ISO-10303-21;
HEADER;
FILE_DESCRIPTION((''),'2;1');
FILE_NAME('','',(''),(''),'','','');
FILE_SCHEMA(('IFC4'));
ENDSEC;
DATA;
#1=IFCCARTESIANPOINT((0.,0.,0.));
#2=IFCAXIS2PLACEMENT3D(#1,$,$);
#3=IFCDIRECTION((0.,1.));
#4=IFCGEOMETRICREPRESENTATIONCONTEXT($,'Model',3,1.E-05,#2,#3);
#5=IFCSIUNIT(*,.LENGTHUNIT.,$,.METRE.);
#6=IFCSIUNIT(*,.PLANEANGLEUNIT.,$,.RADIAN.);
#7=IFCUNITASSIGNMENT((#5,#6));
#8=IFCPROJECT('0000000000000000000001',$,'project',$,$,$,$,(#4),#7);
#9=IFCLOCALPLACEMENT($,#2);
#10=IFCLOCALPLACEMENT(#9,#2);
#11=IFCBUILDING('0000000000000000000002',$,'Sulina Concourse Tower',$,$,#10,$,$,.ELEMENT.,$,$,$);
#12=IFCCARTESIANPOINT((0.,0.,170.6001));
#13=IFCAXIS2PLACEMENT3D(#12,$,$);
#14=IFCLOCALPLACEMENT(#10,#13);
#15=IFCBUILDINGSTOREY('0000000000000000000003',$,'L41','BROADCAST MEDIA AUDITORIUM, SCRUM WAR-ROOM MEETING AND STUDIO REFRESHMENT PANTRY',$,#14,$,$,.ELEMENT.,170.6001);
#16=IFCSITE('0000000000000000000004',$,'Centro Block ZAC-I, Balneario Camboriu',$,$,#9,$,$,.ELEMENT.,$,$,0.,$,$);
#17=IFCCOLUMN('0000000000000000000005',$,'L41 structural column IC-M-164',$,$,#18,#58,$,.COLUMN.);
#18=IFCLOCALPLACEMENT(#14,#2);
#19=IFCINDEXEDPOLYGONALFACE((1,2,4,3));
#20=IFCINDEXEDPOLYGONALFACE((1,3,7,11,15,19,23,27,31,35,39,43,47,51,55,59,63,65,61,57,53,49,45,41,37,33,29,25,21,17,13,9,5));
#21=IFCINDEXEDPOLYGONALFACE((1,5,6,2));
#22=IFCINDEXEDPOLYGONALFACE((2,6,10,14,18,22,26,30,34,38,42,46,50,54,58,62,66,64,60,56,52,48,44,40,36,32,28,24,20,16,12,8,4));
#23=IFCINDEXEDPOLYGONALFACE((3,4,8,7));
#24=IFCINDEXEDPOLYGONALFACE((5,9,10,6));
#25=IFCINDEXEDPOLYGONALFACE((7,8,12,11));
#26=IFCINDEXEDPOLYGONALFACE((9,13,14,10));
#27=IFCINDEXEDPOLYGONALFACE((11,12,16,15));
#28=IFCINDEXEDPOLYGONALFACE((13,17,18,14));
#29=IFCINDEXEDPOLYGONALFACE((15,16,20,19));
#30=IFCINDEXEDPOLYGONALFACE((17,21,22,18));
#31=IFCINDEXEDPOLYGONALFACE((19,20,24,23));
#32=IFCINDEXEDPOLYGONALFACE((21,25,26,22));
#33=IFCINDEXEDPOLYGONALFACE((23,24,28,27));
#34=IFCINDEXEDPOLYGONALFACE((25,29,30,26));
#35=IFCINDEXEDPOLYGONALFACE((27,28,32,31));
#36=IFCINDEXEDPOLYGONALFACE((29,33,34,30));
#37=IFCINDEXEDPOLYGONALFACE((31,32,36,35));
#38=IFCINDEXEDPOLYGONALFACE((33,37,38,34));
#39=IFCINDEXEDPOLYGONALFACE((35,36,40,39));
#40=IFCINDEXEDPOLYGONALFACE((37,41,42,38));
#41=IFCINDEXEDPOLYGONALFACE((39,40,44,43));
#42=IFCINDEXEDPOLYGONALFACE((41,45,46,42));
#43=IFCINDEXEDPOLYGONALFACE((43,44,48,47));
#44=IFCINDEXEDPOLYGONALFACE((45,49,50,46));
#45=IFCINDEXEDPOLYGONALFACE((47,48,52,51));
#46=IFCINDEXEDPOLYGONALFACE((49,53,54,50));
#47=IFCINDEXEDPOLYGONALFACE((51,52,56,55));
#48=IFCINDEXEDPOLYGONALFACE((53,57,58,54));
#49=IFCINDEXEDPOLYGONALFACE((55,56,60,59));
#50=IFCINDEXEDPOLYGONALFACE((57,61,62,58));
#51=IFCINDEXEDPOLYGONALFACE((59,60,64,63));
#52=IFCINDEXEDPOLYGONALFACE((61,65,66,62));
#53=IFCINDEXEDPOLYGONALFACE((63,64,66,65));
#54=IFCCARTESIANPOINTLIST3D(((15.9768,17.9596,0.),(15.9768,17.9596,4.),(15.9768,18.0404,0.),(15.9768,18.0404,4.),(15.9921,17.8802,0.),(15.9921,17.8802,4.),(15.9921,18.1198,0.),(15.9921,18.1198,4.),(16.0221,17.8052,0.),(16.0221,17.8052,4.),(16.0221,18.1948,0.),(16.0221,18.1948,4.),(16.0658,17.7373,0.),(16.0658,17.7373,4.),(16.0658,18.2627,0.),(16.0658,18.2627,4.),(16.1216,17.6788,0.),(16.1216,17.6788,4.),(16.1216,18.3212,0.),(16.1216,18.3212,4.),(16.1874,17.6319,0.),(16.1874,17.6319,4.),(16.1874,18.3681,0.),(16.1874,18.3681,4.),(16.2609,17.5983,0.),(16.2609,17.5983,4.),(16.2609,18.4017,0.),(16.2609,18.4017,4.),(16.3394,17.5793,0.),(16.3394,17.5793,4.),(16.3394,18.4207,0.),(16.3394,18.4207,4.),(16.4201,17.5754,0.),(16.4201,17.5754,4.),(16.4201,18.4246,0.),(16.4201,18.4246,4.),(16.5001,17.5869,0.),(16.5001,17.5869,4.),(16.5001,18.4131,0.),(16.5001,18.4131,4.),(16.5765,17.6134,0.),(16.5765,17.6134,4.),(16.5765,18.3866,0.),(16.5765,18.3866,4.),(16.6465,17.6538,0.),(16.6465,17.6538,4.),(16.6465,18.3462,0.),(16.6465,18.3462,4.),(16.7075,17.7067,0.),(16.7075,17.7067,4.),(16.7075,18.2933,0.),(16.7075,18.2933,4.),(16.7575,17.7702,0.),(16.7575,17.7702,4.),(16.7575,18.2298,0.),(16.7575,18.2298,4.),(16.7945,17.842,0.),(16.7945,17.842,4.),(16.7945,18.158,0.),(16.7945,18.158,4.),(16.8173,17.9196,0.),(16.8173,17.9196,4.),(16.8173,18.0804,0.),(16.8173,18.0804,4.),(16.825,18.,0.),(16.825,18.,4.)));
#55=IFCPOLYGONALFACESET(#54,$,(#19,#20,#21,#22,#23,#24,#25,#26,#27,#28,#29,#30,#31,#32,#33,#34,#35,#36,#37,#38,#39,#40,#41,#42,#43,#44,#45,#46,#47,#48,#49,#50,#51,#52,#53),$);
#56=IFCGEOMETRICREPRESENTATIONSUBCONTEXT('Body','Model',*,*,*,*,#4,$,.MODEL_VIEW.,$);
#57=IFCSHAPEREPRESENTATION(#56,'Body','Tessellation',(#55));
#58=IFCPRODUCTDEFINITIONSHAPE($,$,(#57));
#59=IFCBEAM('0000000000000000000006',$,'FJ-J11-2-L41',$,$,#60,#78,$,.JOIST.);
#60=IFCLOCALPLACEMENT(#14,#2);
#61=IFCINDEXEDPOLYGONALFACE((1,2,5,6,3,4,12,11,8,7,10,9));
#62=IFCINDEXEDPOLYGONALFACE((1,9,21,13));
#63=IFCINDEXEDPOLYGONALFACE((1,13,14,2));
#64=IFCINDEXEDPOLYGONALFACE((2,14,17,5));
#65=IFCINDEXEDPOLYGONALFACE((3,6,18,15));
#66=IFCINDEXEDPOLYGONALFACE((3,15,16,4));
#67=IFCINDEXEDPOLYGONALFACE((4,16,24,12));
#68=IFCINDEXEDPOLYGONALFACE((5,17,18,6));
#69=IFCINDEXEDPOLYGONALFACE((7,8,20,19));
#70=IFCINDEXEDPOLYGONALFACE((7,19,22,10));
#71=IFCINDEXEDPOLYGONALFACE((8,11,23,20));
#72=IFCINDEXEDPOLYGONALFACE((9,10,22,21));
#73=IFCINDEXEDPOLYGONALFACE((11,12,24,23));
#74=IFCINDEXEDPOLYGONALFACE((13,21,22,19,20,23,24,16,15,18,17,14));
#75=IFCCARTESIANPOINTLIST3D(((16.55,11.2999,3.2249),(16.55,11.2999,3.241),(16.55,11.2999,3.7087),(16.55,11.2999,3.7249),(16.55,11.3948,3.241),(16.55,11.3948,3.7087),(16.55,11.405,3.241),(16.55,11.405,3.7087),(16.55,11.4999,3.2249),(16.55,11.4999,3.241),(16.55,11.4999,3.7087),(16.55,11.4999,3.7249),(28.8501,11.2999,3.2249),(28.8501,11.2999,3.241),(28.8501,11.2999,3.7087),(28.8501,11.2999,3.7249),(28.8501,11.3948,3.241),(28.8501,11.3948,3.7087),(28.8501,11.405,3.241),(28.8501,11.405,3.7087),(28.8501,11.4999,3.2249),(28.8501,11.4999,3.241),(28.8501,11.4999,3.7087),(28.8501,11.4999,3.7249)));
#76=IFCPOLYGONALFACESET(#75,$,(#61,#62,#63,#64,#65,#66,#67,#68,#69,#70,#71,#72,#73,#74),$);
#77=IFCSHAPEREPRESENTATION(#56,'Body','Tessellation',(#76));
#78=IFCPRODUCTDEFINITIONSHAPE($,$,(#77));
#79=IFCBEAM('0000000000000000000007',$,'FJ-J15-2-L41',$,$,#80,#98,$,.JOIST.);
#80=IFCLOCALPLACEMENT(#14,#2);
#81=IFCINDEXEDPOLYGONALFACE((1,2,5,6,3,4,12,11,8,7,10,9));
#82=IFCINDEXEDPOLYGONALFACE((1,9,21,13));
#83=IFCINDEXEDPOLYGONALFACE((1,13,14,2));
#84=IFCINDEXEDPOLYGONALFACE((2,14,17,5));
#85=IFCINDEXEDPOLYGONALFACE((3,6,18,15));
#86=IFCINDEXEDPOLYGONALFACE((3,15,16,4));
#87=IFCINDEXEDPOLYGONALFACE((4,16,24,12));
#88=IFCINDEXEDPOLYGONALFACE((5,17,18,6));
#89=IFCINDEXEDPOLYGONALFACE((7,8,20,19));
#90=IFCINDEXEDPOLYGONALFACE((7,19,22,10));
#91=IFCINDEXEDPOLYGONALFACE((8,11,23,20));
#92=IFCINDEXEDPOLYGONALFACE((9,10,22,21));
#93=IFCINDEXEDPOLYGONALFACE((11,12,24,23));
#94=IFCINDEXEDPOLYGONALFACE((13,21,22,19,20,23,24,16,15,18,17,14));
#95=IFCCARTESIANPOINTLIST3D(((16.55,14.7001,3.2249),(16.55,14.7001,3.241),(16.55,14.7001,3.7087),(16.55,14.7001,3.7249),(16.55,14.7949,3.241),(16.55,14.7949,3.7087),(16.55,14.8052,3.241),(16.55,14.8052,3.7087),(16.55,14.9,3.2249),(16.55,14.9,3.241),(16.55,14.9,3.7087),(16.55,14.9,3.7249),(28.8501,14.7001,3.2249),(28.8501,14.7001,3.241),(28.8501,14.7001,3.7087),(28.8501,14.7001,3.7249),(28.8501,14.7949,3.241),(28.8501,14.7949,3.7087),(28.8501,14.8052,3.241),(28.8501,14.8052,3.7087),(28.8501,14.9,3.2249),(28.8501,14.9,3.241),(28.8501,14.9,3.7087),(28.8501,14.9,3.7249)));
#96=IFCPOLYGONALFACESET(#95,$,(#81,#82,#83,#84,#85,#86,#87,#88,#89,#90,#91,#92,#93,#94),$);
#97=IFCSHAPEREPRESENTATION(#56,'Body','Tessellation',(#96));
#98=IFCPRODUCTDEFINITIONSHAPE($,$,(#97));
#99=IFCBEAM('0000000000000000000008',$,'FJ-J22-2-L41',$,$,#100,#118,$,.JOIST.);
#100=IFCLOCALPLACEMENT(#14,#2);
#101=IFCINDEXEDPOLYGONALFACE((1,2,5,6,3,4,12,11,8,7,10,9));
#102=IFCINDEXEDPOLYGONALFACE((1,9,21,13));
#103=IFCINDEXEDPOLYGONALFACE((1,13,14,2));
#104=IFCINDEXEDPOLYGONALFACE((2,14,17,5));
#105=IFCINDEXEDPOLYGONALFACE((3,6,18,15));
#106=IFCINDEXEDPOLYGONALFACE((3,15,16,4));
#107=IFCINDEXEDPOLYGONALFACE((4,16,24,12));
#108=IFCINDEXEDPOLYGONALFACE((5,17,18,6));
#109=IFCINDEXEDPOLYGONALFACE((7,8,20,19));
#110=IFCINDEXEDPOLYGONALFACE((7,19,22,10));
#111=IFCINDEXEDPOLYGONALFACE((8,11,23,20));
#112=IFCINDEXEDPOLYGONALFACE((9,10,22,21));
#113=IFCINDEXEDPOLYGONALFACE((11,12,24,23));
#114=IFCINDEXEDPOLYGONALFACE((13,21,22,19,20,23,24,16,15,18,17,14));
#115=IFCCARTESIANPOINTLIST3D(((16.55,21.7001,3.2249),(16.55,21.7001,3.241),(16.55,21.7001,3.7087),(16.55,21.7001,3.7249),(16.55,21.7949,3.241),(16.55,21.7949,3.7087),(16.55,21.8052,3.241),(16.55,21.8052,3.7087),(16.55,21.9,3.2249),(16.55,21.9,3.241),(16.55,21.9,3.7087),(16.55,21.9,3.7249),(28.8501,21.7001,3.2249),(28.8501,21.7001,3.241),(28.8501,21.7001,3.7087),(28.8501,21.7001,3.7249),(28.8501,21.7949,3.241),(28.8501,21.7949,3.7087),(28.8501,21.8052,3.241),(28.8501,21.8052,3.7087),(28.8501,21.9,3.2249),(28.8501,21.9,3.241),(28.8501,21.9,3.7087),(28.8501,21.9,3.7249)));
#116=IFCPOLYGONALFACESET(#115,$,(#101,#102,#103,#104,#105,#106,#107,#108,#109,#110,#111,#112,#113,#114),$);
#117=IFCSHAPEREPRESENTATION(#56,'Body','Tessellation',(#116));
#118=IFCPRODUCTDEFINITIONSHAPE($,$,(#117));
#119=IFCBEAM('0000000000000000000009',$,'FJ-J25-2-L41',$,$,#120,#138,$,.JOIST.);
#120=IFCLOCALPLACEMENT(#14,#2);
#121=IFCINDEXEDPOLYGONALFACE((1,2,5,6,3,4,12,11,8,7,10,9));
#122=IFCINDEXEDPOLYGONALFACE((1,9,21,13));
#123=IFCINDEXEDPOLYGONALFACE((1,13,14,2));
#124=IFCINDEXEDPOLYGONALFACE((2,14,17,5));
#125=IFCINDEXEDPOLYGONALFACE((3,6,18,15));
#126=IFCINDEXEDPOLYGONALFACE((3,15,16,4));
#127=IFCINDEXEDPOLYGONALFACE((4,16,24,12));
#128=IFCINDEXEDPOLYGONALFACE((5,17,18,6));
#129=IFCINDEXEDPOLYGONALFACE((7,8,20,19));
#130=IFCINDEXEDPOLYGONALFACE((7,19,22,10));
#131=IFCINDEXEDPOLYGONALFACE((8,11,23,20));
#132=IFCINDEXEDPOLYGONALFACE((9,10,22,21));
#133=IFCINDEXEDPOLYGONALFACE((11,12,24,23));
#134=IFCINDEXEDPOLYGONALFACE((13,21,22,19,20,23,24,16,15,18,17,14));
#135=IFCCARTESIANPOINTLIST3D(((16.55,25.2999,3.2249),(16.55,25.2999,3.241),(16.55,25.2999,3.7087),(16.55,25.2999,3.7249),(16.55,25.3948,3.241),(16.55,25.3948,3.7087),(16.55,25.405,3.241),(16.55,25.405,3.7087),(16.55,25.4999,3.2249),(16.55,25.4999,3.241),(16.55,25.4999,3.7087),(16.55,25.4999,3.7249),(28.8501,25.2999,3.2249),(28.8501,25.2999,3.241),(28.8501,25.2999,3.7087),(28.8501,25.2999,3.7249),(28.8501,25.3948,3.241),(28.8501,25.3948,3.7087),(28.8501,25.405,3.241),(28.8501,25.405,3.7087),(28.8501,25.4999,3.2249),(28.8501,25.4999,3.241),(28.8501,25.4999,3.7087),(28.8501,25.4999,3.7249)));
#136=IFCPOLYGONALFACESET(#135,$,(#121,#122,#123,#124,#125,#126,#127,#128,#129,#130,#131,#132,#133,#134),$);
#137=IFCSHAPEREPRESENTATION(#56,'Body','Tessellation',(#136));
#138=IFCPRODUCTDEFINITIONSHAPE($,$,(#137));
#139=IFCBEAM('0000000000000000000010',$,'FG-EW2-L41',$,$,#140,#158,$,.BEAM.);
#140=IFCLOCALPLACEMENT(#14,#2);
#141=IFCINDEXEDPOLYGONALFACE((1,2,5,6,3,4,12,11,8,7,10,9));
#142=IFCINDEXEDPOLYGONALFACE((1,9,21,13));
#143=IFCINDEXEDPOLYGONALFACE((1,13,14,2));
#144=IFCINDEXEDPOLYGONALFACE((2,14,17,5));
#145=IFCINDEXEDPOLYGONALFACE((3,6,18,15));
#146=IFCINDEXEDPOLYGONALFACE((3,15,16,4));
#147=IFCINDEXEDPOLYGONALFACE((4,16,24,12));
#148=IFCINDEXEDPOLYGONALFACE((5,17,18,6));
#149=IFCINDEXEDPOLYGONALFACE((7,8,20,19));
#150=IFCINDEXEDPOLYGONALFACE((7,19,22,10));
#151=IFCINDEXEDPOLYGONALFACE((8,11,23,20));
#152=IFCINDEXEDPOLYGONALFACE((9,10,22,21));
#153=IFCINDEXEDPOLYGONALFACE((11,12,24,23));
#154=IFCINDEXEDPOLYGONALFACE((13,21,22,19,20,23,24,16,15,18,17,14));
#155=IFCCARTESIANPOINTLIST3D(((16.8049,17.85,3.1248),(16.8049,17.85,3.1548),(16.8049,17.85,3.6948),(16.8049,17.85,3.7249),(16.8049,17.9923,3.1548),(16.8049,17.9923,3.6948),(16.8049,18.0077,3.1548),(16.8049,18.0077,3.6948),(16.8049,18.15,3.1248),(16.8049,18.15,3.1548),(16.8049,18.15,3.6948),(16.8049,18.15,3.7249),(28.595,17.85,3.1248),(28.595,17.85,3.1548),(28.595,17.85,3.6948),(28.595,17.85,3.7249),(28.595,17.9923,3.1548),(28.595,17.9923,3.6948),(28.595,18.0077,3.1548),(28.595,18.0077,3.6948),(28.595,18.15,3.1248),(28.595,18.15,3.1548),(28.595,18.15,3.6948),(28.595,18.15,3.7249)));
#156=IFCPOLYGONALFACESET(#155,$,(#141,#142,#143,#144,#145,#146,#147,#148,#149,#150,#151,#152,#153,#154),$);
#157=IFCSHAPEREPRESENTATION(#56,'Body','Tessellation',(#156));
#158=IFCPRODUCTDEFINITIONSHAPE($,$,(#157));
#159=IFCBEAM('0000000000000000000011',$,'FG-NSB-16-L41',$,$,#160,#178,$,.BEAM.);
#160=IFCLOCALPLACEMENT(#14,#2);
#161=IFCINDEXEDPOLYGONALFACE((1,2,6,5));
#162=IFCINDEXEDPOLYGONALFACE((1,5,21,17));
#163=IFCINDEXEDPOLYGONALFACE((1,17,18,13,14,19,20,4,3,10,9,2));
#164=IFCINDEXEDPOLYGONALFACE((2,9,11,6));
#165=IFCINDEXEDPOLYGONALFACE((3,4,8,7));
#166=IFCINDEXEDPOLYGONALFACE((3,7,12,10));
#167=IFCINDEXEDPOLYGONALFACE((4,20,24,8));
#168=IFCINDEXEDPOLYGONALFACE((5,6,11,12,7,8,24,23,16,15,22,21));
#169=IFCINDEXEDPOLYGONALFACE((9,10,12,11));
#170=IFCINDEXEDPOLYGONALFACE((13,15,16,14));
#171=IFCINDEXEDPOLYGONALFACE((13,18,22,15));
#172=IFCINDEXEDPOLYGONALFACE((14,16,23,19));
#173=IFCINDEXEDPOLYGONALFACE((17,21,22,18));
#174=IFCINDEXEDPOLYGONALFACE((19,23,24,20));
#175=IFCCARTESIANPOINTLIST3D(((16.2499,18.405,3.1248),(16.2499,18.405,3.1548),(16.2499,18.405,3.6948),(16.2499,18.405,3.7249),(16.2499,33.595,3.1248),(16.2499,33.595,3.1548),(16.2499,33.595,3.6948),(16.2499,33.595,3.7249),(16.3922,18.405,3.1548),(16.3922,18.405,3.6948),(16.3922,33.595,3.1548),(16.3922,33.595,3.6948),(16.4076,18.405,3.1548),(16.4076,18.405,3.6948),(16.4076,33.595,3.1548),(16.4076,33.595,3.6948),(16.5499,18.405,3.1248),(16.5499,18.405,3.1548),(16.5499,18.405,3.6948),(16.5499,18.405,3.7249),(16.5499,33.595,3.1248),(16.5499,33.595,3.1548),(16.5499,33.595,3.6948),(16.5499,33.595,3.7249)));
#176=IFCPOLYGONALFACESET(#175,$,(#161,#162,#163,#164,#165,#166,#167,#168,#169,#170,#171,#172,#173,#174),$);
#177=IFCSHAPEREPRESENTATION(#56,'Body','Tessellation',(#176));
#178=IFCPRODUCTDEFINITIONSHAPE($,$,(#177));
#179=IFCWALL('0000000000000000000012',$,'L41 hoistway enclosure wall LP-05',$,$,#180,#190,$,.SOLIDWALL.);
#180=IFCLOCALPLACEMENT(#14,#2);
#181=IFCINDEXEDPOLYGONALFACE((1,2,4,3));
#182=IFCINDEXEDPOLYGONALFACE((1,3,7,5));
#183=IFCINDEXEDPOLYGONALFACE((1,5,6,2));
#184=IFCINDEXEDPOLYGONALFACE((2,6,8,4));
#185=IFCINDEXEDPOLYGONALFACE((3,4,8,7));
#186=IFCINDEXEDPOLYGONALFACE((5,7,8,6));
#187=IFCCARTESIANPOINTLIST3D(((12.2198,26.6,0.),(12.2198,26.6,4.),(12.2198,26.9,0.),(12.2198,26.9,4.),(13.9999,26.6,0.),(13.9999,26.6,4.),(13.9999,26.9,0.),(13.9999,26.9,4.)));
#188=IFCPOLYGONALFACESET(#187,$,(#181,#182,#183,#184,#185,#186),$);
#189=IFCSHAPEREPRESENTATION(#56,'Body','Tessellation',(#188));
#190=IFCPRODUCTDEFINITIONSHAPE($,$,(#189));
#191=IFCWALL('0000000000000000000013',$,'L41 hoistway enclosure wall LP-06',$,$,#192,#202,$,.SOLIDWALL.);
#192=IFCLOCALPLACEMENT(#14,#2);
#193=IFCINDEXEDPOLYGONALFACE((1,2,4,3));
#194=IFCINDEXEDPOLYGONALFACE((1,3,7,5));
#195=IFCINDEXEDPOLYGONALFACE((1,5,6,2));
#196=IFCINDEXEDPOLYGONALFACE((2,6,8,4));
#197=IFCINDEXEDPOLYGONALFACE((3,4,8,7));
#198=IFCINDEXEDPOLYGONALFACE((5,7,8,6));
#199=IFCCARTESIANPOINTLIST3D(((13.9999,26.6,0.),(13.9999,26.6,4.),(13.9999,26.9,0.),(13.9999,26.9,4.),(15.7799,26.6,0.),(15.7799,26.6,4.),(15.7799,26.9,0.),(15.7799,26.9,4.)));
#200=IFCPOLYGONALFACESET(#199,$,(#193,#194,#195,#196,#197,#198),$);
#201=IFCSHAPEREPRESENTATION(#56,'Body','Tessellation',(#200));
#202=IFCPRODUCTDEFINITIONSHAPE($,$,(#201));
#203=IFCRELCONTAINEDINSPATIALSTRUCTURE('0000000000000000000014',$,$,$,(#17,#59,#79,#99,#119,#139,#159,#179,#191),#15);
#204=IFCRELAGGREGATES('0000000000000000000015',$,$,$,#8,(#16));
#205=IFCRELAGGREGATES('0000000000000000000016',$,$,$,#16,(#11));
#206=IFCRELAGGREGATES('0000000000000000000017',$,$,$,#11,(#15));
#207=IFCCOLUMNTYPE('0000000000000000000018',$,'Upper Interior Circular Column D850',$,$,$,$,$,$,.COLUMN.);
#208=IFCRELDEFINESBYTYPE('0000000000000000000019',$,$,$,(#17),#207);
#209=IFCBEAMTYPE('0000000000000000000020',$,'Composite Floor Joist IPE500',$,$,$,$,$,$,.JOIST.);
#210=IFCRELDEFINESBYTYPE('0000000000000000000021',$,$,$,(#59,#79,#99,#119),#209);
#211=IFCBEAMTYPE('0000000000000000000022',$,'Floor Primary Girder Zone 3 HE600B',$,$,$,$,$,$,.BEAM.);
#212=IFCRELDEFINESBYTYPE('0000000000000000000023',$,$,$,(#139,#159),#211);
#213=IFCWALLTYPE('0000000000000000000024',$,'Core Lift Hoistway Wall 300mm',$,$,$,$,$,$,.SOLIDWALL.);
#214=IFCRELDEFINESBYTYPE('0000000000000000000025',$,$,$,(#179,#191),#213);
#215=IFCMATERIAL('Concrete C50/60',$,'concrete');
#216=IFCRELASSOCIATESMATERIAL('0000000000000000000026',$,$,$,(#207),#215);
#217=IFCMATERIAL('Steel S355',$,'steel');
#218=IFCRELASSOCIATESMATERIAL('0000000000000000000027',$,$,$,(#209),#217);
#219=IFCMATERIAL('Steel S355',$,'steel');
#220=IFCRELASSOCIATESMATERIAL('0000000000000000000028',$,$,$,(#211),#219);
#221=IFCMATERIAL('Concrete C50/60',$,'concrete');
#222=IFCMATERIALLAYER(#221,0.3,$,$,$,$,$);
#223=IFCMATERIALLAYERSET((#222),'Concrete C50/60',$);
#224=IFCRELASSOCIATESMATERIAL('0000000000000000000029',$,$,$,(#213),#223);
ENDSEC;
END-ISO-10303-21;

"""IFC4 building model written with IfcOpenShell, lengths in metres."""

from ifc_helpers import new_model, si_unit, direction, frame, frame_2d, origin, origin_2d, place, context, subcontext, project, spatial, rectangle, circle, i_section, extrude, material, layer, layer_set, material_profile, profile_set, type_object, element, save


model = new_model("IFC4")

# Units and contexts
model_context = context("Model", 3, precision=1e-05, world=origin(), true_north=direction((0.0, 1.0)))
body_context = subcontext(model_context, "Body", "Model", "MODEL_VIEW")
ifc_project = project(units=[si_unit("LENGTHUNIT", "METRE"), si_unit("PLANEANGLEUNIT", "RADIAN")], contexts=[model_context])

# Site, building, storey
site_placement = place(None, origin())
site = spatial("IfcSite", under=ifc_project, at=site_placement, Name="Centro Block ZAC-I, Balneario Camboriu", CompositionType="ELEMENT", RefElevation=0.0)
building_placement = place(site_placement, origin())
building = spatial("IfcBuilding", under=site, at=building_placement, Name="Sulina Concourse Tower", CompositionType="ELEMENT")
storey_placement = place(building_placement, frame((0.0, 0.0, 170.6001)))
storey = spatial("IfcBuildingStorey", under=building, at=storey_placement, Name="L41", Description="BROADCAST MEDIA AUDITORIUM, SCRUM WAR-ROOM MEETING AND STUDIO REFRESHMENT PANTRY", CompositionType="ELEMENT", Elevation=170.6001)

# Column
ifc_material_1 = material(Name="Concrete C50/60", Category="concrete")
ifc_material_profile_1 = material_profile(ifc_material_1, circle(Radius=0.425, at=origin_2d()), Name="RC D850")
ifc_profile_set_1 = profile_set([ifc_material_profile_1], Name="Concrete C50/60")
column_type = type_object("IfcColumnType", Name="Upper Interior Circular Column D850", PredefinedType="COLUMN", material=ifc_profile_set_1)
column_placement = place(storey_placement, frame((16.3999, 18.0, 0.0), z_axis=(0.0, 0.0, 1.0), x_axis=(1.0, 0.0, 0.0)))
element("IfcColumn", 1, at=column_placement, inside=storey, type_object=column_type, Name="L41 structural column IC-M-164", PredefinedType="COLUMN", context=body_context, shape_type="SweptSolid", body=[
    extrude(circle(Radius=0.425, at=origin_2d()), origin(), (0.0, 0.0, 1.0), 4.0),
])

# Beams
ifc_material_2 = material(Name="Steel S355", Category="steel")
ifc_material_profile_2 = material_profile(ifc_material_2, i_section(OverallWidth=0.2, OverallDepth=0.5, WebThickness=0.0103, FlangeThickness=0.0161, at=origin_2d()), Name="IPE 500")
ifc_profile_set_2 = profile_set([ifc_material_profile_2], Name="Steel S355")
beam_type_1 = type_object("IfcBeamType", Name="Composite Floor Joist IPE500", PredefinedType="JOIST", material=ifc_profile_set_2)
for number, where, z_axis, x_axis, name in (
    (2, (16.55, 11.3999, 3.4749), (1.0, 0.0, 0.0), (0.0, 1.0, 0.0), "FJ-J11-2-L41"),
    (3, (16.55, 14.8, 3.4749), (1.0, 0.0, 0.0), (0.0, 1.0, 0.0), "FJ-J15-2-L41"),
    (4, (16.55, 21.8, 3.4749), (1.0, 0.0, 0.0), (0.0, 1.0, 0.0), "FJ-J22-2-L41"),
    (5, (16.55, 25.3999, 3.4749), (1.0, 0.0, 0.0), (0.0, 1.0, 0.0), "FJ-J25-2-L41"),
):
    element("IfcBeam", number, at=place(storey_placement, frame(where, z_axis=z_axis, x_axis=x_axis)), inside=storey, type_object=beam_type_1, Name=name, PredefinedType="JOIST", context=body_context, shape_type="SweptSolid", body=[
        extrude(i_section(OverallWidth=0.2, OverallDepth=0.5, WebThickness=0.0103, FlangeThickness=0.0161, at=origin_2d()), origin(), (0.0, 0.0, 1.0), 12.3),
    ])
ifc_material_3 = material(Name="Steel S355", Category="steel")
ifc_material_profile_3 = material_profile(ifc_material_3, i_section(OverallWidth=0.3, OverallDepth=0.6001, WebThickness=0.0154, FlangeThickness=0.03, at=origin_2d()), Name="HE 600 B")
ifc_profile_set_3 = profile_set([ifc_material_profile_3], Name="Steel S355")
beam_type_2 = type_object("IfcBeamType", Name="Floor Primary Girder Zone 3 HE600B", PredefinedType="BEAM", material=ifc_profile_set_3)
beam_1_placement = place(storey_placement, frame((16.8049, 18.0, 3.4248), z_axis=(1.0, 0.0, 0.0), x_axis=(0.0, 1.0, 0.0)))
element("IfcBeam", 6, at=beam_1_placement, inside=storey, type_object=beam_type_2, Name="FG-EW2-L41", PredefinedType="BEAM", context=body_context, shape_type="SweptSolid", body=[
    extrude(i_section(OverallWidth=0.3, OverallDepth=0.6001, WebThickness=0.0154, FlangeThickness=0.03, at=origin_2d()), origin(), (0.0, 0.0, 1.0), 11.79),
])
beam_2_placement = place(storey_placement, frame((16.3999, 18.405, 3.4248), z_axis=(0.0, 1.0, 0.0), x_axis=(-1.0, 0.0, 0.0)))
element("IfcBeam", 7, at=beam_2_placement, inside=storey, type_object=beam_type_2, Name="FG-NSB-16-L41", PredefinedType="BEAM", context=body_context, shape_type="SweptSolid", body=[
    extrude(i_section(OverallWidth=0.3, OverallDepth=0.6001, WebThickness=0.0154, FlangeThickness=0.03, at=origin_2d()), origin(), (0.0, 0.0, 1.0), 15.1899),
])

# Walls
ifc_material_4 = material(Name="Concrete C50/60", Category="concrete")
ifc_layer_1 = layer(ifc_material_4, 0.3)
ifc_layer_set_1 = layer_set([ifc_layer_1], Name="Concrete C50/60")
wall_type_1 = type_object("IfcWallType", Name="Core Lift Hoistway Wall 300mm", PredefinedType="SOLIDWALL", material=ifc_layer_set_1)
for number, where, z_axis, x_axis, name in (
    (8, (14.0, 26.75, 0.0), (0.0, 0.0, 1.0), (-1.0, 0.0, 0.0), "L41 hoistway enclosure wall LP-05"),
    (9, (15.78, 26.75, 0.0), (0.0, 0.0, 1.0), (-1.0, 0.0, 0.0), "L41 hoistway enclosure wall LP-06"),
):
    element("IfcWall", number, at=place(storey_placement, frame(where, z_axis=z_axis, x_axis=x_axis)), inside=storey, type_object=wall_type_1, Name=name, PredefinedType="SOLIDWALL", context=body_context, shape_type="SweptSolid", body=[
        extrude(rectangle(XDim=1.78, YDim=0.3, at=frame_2d((0.8901, 0.0))), origin(), (0.0, 0.0, 1.0), 4.0),
    ])

save(model, "model.ifc")
